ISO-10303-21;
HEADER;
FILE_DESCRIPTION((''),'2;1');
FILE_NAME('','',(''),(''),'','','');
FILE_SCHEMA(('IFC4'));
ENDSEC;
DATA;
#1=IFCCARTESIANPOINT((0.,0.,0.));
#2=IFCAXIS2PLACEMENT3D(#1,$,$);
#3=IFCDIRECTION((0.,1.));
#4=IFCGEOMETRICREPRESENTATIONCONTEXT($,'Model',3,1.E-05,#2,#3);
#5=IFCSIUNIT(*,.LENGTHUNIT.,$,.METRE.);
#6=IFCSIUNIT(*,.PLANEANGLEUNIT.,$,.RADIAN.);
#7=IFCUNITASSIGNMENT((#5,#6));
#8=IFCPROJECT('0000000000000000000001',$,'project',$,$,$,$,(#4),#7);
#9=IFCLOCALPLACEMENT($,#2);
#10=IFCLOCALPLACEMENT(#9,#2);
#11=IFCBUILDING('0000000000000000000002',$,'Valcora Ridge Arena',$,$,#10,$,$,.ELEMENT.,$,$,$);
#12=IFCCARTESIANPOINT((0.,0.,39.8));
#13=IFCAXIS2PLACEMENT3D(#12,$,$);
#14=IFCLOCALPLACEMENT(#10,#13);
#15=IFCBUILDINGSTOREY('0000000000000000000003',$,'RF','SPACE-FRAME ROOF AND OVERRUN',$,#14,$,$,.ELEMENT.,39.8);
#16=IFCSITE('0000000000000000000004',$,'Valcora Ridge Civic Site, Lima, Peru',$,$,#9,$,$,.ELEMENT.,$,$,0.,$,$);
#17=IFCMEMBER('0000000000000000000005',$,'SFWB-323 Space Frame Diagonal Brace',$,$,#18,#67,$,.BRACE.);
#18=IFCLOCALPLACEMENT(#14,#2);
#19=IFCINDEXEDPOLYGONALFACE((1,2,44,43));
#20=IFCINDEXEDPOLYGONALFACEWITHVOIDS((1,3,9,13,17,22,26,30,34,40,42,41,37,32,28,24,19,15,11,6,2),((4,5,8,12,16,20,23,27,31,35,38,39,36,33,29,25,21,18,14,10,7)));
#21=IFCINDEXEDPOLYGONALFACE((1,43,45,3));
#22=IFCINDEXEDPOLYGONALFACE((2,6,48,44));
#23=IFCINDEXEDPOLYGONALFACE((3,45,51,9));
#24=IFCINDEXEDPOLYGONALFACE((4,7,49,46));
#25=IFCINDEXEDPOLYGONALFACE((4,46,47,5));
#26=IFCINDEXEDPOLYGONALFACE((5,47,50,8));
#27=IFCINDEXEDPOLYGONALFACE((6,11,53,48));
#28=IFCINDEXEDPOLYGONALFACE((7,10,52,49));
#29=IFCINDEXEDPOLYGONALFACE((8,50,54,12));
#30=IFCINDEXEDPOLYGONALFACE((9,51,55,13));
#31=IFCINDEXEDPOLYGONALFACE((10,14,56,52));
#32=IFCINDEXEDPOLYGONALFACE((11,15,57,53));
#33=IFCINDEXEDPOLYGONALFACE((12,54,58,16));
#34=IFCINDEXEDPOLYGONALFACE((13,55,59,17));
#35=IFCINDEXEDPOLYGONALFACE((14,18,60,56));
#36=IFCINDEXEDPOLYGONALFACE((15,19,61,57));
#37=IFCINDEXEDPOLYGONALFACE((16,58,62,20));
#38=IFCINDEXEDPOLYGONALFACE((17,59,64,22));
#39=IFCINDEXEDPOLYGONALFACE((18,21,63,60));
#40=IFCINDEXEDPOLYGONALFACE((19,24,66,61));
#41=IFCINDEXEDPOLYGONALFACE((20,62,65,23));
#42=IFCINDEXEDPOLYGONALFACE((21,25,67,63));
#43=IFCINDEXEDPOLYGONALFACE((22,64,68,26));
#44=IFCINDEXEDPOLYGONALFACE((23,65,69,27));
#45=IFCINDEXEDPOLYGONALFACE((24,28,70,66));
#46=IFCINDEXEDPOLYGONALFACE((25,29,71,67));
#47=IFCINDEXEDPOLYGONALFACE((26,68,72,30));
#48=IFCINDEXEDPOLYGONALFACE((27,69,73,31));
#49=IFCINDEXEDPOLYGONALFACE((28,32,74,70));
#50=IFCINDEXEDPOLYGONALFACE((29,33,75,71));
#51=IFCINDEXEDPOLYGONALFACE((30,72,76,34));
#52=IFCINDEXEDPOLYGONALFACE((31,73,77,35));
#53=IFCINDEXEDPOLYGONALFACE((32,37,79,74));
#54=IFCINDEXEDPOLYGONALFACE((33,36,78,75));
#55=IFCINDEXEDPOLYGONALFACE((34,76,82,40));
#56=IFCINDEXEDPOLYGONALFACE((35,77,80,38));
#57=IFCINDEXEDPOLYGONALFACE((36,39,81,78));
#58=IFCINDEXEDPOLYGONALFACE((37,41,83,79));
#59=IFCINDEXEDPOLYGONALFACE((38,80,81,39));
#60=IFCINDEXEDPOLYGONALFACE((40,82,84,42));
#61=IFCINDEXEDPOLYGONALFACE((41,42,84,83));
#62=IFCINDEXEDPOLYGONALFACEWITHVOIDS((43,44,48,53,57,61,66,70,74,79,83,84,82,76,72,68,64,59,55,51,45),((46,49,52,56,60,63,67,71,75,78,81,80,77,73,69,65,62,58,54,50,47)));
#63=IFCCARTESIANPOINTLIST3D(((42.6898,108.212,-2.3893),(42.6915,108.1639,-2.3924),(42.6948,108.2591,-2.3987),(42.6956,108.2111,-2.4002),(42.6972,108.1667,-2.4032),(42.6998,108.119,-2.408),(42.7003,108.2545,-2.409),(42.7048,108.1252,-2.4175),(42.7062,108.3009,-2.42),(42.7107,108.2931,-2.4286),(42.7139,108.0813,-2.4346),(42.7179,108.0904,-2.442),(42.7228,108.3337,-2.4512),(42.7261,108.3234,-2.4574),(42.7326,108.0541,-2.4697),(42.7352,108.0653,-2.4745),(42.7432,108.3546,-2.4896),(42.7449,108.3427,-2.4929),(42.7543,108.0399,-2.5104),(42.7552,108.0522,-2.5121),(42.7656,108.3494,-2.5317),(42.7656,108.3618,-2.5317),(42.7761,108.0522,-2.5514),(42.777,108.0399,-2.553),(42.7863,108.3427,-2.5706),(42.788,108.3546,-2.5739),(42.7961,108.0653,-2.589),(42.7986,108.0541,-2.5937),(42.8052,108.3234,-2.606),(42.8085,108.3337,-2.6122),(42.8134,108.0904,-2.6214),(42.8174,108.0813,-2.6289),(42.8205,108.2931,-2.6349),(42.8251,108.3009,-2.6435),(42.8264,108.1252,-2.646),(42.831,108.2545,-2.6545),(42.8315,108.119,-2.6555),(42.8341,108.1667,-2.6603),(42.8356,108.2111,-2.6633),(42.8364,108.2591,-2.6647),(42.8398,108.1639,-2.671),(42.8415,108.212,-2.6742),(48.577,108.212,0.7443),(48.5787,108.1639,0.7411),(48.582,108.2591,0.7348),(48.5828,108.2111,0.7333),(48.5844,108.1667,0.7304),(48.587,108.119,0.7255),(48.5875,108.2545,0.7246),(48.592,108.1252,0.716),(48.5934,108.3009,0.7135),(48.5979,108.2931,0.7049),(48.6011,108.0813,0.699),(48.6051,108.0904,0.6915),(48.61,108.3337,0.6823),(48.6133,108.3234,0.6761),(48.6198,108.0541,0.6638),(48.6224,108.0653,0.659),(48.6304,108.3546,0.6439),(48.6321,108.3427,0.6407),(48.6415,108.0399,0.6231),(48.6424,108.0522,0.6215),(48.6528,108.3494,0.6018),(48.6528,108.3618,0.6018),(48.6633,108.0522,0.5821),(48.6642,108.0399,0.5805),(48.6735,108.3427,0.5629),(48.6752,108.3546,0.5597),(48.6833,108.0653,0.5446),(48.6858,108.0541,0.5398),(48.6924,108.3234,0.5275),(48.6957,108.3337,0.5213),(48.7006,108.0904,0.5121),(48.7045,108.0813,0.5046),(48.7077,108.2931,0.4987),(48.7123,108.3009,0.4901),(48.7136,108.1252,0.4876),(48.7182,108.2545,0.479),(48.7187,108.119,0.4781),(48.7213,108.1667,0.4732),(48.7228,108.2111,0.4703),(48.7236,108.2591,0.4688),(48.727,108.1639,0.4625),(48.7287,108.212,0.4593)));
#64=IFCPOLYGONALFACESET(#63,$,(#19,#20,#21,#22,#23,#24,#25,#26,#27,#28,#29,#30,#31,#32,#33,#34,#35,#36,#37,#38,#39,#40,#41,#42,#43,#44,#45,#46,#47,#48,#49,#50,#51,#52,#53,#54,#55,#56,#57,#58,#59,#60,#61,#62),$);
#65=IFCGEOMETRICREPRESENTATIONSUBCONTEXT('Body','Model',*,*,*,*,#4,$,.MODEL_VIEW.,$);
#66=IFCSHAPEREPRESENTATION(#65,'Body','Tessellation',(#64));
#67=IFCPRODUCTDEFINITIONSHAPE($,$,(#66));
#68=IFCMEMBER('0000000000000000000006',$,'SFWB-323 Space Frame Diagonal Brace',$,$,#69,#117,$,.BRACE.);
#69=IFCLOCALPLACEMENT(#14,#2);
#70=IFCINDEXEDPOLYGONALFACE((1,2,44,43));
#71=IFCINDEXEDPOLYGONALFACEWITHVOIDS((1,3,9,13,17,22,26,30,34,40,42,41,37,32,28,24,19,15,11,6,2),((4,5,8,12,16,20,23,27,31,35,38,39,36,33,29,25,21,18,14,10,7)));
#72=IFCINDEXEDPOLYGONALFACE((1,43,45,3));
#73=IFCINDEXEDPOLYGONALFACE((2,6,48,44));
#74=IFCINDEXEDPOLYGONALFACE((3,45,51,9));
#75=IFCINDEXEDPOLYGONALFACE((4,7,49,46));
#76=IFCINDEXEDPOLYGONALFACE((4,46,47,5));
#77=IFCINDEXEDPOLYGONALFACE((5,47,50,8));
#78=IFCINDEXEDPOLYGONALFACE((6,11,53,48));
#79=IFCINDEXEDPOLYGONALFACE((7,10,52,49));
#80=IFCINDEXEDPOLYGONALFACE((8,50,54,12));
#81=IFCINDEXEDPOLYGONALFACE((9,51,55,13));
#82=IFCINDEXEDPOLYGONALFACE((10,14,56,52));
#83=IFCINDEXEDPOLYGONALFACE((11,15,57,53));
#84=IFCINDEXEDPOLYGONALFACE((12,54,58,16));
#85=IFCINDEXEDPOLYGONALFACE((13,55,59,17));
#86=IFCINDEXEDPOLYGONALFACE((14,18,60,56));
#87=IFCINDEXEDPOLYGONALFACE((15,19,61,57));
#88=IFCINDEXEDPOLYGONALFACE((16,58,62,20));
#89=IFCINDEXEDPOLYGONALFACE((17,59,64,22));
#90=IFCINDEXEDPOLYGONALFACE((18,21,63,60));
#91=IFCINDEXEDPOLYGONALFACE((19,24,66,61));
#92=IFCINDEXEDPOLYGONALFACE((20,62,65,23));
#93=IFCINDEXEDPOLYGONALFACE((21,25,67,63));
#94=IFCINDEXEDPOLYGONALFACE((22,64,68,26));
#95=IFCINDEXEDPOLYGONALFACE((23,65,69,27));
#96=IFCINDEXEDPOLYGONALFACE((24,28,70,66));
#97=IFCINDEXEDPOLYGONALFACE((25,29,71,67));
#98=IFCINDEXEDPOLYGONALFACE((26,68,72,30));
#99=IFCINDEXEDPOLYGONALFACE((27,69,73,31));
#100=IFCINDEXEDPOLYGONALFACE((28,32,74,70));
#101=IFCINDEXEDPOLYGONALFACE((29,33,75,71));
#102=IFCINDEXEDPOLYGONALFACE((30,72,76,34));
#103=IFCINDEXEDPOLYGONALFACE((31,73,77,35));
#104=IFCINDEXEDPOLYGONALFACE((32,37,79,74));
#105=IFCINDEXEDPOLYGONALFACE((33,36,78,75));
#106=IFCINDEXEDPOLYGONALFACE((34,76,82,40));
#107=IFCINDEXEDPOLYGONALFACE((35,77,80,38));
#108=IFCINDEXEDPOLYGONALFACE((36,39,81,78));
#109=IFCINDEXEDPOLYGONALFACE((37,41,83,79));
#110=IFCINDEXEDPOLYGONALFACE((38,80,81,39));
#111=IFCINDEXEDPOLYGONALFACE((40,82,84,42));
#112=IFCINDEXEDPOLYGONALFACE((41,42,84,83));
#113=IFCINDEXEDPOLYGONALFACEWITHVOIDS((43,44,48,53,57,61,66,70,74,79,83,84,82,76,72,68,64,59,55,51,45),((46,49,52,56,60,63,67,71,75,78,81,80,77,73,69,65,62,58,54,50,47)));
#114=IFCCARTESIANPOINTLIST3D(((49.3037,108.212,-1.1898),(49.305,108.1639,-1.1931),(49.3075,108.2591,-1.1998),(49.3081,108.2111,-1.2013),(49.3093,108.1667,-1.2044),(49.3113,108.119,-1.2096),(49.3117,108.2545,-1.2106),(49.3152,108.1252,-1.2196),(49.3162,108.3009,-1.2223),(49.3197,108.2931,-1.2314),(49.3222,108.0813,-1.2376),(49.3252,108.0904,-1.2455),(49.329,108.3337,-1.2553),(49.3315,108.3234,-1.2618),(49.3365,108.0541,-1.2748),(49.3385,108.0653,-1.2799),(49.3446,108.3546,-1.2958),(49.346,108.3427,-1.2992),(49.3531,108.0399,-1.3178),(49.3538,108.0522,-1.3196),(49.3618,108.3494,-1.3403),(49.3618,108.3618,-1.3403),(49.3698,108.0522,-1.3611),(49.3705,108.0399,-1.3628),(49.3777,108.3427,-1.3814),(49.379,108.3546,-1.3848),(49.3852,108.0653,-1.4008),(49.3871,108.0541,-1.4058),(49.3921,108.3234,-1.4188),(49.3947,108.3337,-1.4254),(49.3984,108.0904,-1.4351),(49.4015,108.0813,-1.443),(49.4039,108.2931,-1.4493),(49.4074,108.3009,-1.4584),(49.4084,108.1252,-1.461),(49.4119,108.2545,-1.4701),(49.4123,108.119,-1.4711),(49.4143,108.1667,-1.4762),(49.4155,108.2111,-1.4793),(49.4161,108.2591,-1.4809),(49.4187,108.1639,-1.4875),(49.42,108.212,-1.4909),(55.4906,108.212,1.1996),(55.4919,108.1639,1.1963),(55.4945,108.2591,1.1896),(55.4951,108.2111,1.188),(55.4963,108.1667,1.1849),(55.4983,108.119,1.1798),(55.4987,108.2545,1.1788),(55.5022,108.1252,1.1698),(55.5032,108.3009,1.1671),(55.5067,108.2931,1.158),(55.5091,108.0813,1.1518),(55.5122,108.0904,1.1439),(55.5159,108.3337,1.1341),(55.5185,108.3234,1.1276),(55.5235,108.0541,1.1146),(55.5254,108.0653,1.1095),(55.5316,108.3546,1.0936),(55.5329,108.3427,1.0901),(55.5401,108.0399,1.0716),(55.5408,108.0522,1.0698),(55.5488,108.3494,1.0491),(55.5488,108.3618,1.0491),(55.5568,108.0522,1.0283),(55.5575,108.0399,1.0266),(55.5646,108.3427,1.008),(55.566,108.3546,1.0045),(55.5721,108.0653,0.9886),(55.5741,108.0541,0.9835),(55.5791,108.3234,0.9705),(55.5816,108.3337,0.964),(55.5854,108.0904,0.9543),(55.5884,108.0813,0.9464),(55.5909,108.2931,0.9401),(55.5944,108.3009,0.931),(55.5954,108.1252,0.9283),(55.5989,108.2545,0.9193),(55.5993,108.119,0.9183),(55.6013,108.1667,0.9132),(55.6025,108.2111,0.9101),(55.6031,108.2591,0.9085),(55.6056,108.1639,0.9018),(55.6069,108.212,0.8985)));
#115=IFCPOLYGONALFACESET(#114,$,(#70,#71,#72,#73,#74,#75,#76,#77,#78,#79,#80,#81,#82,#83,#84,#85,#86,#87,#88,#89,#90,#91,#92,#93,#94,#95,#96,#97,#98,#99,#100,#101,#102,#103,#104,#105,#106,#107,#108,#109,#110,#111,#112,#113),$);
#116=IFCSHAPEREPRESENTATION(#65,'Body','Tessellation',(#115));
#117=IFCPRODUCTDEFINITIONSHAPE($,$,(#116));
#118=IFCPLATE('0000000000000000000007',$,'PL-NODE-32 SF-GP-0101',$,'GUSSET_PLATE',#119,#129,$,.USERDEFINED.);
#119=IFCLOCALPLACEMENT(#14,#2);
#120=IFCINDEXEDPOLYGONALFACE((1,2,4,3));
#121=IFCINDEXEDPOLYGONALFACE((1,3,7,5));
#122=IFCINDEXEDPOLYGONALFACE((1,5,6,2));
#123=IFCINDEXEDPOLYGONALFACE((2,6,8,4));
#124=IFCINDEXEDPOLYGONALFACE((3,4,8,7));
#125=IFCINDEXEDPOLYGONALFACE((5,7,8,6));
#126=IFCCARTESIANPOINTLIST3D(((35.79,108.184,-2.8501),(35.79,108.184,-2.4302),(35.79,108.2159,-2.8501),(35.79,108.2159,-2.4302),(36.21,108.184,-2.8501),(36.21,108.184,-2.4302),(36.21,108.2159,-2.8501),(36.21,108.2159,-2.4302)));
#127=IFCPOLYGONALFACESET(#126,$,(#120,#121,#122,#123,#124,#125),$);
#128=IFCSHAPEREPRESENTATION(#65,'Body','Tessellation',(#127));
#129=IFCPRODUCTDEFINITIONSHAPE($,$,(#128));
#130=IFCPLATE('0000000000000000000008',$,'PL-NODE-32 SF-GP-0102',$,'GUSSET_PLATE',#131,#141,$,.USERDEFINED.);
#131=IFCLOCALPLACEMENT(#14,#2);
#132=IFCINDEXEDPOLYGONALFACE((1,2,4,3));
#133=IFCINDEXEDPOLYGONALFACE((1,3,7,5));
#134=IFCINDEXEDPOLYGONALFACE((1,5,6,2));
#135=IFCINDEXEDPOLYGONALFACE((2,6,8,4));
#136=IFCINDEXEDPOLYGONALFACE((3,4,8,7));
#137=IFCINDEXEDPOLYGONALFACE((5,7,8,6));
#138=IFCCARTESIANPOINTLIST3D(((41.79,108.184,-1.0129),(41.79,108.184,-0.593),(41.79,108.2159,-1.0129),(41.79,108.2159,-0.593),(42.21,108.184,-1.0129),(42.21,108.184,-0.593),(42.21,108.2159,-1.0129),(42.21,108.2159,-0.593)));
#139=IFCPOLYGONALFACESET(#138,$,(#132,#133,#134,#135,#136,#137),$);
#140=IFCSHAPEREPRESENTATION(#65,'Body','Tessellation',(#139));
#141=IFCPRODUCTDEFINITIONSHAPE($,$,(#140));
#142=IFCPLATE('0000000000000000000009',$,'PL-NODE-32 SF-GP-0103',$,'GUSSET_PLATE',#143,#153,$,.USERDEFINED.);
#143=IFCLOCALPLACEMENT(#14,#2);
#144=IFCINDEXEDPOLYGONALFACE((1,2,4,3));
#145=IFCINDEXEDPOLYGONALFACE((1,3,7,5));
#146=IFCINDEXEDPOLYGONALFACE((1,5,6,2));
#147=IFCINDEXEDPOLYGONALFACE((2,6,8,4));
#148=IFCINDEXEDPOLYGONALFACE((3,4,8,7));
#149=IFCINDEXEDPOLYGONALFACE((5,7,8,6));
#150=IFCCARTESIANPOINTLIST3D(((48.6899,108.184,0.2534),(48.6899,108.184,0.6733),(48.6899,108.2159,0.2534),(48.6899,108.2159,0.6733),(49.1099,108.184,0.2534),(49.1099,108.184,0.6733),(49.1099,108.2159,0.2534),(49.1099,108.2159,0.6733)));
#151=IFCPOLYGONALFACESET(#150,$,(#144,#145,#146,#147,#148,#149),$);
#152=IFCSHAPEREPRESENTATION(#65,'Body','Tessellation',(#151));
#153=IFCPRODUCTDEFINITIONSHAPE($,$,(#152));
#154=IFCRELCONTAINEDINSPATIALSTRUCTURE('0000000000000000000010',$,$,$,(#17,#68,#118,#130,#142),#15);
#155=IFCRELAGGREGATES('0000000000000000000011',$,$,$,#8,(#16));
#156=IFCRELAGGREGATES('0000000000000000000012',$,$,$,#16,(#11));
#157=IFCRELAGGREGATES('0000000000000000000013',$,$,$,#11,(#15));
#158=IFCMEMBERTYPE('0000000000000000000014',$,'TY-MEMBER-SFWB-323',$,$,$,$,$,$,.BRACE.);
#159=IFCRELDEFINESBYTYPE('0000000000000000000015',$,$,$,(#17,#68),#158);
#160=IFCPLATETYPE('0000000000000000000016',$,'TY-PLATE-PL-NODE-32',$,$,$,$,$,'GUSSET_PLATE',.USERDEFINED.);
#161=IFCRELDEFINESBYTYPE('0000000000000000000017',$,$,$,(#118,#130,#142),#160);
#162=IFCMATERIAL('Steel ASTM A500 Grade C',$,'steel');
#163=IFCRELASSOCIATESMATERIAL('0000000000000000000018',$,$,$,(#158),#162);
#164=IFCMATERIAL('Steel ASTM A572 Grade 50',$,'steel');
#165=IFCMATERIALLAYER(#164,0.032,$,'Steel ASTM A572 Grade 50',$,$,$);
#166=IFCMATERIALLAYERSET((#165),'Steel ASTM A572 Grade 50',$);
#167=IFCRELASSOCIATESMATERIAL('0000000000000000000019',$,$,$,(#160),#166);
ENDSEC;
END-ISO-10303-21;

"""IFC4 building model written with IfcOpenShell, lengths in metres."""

from ifc_helpers import new_model, si_unit, direction, frame, origin, origin_2d, place, context, subcontext, project, spatial, rectangle, hollow_circle, extrude, material, layer, layer_set, material_profile, profile_set, type_object, element, save


model = new_model("IFC4")

# Units and contexts
model_context = context("Model", 3, precision=1e-05, world=origin(), true_north=direction((0.0, 1.0)))
body_context = subcontext(model_context, "Body", "Model", "MODEL_VIEW")
ifc_project = project(units=[si_unit("LENGTHUNIT", "METRE"), si_unit("PLANEANGLEUNIT", "RADIAN")], contexts=[model_context])

# Site, building, storey
site_placement = place(None, origin())
site = spatial("IfcSite", under=ifc_project, at=site_placement, Name="Valcora Ridge Civic Site, Lima, Peru", CompositionType="ELEMENT", RefElevation=0.0)
building_placement = place(site_placement, origin())
building = spatial("IfcBuilding", under=site, at=building_placement, Name="Valcora Ridge Arena", CompositionType="ELEMENT")
storey_placement = place(building_placement, frame((0.0, 0.0, 39.8)))
storey = spatial("IfcBuildingStorey", under=building, at=storey_placement, Name="RF", Description="SPACE-FRAME ROOF AND OVERRUN", CompositionType="ELEMENT", Elevation=39.8)

# Members
ifc_material_1 = material(Name="Steel ASTM A572 Grade 50", Category="steel")
ifc_material_2 = material(Name="Steel ASTM A500 Grade C", Category="steel")
ifc_material_profile_1 = material_profile(ifc_material_2, hollow_circle(Radius=0.1619, WallThickness=0.0125, at=origin_2d()), Name="CHS323X12")
ifc_profile_set_1 = profile_set([ifc_material_profile_1], Name="Steel ASTM A500 Grade C")
member_type_1 = type_object("IfcMemberType", Name="TY-MEMBER-SFWB-323", PredefinedType="BRACE", material=ifc_profile_set_1)
member_1_placement = place(storey_placement, frame((42.7656, 108.2, -2.5317), z_axis=(0.882745, 0.0, 0.469853), x_axis=(0.0, 1.0, 0.0)))
element("IfcMember", 1, at=member_1_placement, inside=storey, type_object=member_type_1, Name="SFWB-323 Space Frame Diagonal Brace", PredefinedType="BRACE", context=body_context, shape_type="SweptSolid", body=[
    extrude(hollow_circle(Radius=0.1619, WallThickness=0.0125, at=origin_2d()), origin(), (0.0, 0.0, 1.0), 6.6692),
])
member_2_placement = place(storey_placement, frame((49.3618, 108.2, -1.3403), z_axis=(0.93285, 0.0, 0.360264), x_axis=(0.0, 1.0, 0.0)))
element("IfcMember", 2, at=member_2_placement, inside=storey, type_object=member_type_1, Name="SFWB-323 Space Frame Diagonal Brace", PredefinedType="BRACE", context=body_context, shape_type="SweptSolid", body=[
    extrude(hollow_circle(Radius=0.1619, WallThickness=0.0125, at=origin_2d()), origin(), (0.0, 0.0, 1.0), 6.6323),
])

# Plates
ifc_layer = layer(ifc_material_1, 0.032, Name="Steel ASTM A572 Grade 50")
ifc_layer_set = layer_set([ifc_layer], Name="Steel ASTM A572 Grade 50")
plate_type = type_object("IfcPlateType", Name="TY-PLATE-PL-NODE-32", ElementType="GUSSET_PLATE", PredefinedType="USERDEFINED", material=ifc_layer_set)
for number, where, z_axis, x_axis, name in (
    (3, (36.0, 108.2, -2.8501), (0.0, 0.0, 1.0), (1.0, 0.0, 0.0), "PL-NODE-32 SF-GP-0101"),
    (4, (42.0, 108.2, -1.0129), (0.0, 0.0, 1.0), (1.0, 0.0, 0.0), "PL-NODE-32 SF-GP-0102"),
    (5, (48.8999, 108.2, 0.2534), (0.0, 0.0, 1.0), (1.0, 0.0, 0.0), "PL-NODE-32 SF-GP-0103"),
):
    element("IfcPlate", number, at=place(storey_placement, frame(where, z_axis=z_axis, x_axis=x_axis)), inside=storey, type_object=plate_type, Name=name, ObjectType="GUSSET_PLATE", PredefinedType="USERDEFINED", context=body_context, shape_type="SweptSolid", body=[
        extrude(rectangle(XDim=0.4199, YDim=0.032, at=origin_2d()), origin(), (0.0, 0.0, 1.0), 0.4199),
    ])

save(model, "model.ifc")
